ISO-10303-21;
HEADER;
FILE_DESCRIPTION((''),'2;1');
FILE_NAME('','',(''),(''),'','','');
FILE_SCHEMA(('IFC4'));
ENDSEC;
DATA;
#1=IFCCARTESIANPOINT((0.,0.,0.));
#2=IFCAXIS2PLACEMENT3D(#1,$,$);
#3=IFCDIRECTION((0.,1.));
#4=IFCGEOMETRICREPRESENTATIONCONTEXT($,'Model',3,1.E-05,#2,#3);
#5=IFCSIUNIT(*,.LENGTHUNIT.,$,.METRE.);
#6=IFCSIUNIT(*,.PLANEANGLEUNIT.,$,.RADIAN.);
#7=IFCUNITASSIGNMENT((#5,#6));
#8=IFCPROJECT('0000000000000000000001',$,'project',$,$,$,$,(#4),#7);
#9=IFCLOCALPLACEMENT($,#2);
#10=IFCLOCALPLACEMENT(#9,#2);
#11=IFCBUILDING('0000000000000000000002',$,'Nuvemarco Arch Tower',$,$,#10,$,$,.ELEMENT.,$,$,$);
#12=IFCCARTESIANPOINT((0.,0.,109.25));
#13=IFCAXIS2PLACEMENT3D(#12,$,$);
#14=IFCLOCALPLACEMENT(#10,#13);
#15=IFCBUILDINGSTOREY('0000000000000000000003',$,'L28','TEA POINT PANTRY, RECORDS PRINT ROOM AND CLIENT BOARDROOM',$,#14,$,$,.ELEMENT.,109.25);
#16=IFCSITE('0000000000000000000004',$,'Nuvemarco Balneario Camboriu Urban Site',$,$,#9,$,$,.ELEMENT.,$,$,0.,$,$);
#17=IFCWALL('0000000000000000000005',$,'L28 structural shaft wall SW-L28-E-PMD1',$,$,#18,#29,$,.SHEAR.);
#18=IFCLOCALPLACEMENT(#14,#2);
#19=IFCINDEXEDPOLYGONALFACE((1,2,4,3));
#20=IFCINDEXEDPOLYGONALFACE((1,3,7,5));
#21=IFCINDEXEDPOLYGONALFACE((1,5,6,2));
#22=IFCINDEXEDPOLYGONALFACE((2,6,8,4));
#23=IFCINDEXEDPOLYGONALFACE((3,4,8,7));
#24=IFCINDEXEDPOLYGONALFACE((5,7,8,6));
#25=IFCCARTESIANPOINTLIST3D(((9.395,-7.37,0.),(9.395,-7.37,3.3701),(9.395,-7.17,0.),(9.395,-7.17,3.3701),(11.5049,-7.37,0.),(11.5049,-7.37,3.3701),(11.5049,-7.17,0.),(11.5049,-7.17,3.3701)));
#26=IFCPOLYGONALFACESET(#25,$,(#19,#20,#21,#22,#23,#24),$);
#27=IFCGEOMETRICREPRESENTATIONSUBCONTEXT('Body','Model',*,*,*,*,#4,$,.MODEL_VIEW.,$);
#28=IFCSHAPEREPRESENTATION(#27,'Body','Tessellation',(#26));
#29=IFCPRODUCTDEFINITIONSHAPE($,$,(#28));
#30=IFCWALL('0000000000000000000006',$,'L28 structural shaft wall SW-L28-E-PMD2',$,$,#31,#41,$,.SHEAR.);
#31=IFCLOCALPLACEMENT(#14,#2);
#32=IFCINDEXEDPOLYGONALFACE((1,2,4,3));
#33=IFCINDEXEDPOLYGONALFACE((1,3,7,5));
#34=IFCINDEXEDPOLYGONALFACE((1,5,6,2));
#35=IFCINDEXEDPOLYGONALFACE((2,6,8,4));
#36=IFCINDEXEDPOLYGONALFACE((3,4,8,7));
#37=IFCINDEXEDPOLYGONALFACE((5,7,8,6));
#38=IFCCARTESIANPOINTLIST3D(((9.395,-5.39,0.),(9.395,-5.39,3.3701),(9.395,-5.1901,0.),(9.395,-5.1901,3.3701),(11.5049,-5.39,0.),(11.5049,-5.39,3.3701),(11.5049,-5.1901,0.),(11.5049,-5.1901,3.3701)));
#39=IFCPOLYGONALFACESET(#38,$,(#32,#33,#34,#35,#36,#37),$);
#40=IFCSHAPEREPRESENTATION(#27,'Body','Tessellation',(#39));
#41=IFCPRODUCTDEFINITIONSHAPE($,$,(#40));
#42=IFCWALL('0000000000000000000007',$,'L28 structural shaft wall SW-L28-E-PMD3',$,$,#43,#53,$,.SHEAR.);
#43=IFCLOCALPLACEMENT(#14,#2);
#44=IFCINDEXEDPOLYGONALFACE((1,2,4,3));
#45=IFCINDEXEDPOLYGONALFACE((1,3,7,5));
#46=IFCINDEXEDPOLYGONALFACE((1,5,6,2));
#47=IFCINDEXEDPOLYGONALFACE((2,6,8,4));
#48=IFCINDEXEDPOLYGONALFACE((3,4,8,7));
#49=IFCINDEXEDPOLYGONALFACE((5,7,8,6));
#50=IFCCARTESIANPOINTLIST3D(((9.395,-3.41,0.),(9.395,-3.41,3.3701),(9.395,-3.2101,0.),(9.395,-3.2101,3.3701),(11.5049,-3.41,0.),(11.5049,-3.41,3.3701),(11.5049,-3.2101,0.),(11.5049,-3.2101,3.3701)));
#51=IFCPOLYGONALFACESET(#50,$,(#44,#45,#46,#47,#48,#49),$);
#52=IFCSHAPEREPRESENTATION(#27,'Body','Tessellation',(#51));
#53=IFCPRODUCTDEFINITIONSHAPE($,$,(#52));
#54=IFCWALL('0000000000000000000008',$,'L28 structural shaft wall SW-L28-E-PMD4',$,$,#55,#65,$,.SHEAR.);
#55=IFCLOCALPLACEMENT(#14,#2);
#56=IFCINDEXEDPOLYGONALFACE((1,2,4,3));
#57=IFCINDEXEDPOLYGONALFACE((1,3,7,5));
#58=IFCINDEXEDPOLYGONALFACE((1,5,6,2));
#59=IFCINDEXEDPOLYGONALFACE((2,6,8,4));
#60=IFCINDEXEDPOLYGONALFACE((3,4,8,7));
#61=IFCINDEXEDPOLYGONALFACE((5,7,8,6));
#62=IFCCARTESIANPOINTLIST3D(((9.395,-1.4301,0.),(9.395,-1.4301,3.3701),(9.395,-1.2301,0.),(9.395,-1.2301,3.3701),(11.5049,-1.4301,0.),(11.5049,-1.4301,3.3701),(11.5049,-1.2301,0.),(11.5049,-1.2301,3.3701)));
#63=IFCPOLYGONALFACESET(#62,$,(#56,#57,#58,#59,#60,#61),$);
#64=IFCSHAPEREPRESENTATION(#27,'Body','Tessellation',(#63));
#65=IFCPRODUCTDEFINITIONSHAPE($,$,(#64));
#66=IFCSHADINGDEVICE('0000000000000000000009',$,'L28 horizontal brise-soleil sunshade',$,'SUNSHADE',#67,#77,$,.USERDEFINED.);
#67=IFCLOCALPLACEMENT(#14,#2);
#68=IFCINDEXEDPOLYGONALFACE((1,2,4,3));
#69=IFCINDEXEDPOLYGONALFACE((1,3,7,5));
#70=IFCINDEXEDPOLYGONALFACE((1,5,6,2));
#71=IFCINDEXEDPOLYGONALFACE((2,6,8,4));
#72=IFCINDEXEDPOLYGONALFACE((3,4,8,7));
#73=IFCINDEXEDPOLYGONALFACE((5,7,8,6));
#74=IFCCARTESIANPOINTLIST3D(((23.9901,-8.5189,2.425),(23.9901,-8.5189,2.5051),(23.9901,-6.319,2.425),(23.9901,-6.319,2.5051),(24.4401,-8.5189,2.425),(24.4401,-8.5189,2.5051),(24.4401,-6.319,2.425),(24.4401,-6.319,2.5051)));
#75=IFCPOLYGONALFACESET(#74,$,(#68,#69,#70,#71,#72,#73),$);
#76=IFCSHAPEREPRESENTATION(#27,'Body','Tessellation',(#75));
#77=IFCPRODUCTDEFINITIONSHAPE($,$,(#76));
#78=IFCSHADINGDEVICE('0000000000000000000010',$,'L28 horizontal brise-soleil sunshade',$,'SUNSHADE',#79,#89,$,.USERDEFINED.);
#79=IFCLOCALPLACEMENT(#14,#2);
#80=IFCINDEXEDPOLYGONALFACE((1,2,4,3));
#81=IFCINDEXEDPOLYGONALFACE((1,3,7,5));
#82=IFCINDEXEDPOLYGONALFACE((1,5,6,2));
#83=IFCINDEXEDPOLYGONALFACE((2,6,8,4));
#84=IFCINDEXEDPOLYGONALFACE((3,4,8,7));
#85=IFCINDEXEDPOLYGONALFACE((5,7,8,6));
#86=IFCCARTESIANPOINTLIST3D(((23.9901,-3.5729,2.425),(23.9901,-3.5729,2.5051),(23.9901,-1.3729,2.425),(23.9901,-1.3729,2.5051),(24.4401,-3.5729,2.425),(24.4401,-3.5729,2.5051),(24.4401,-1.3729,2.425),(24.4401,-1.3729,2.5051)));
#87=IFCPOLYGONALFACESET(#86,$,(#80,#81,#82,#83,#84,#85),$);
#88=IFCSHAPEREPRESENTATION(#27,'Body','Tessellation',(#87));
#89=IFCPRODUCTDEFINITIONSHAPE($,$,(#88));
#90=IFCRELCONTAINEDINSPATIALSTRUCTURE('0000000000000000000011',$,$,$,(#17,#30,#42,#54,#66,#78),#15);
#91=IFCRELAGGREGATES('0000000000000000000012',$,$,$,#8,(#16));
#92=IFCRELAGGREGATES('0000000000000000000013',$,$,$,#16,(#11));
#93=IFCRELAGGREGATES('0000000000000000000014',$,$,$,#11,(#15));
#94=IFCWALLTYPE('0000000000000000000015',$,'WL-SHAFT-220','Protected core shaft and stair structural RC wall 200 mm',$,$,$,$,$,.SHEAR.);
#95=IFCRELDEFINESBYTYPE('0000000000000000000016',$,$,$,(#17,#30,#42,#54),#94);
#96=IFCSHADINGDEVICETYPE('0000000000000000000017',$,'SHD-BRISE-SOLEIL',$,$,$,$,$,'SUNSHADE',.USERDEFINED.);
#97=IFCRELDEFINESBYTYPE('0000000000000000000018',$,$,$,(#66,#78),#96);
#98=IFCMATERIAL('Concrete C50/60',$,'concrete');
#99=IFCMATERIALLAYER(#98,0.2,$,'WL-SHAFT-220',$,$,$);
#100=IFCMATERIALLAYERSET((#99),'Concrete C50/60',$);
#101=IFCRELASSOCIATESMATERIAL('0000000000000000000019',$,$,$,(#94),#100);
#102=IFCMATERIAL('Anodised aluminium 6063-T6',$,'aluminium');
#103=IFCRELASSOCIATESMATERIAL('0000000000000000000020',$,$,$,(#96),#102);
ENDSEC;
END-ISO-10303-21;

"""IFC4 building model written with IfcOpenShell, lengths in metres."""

from ifc_helpers import new_model, si_unit, direction, frame, frame_2d, origin, origin_2d, place, context, subcontext, project, spatial, rectangle, extrude, source, transform, mapped, material, layer, layer_set, type_object, type_shapes, element, save


model = new_model("IFC4")

# Units and contexts
model_context = context("Model", 3, precision=1e-05, world=origin(), true_north=direction((0.0, 1.0)))
body_context = subcontext(model_context, "Body", "Model", "MODEL_VIEW")
ifc_project = project(units=[si_unit("LENGTHUNIT", "METRE"), si_unit("PLANEANGLEUNIT", "RADIAN")], contexts=[model_context])

# Site, building, storey
site_placement = place(None, origin())
site = spatial("IfcSite", under=ifc_project, at=site_placement, Name="Nuvemarco Balneario Camboriu Urban Site", CompositionType="ELEMENT", RefElevation=0.0)
building_placement = place(site_placement, origin())
building = spatial("IfcBuilding", under=site, at=building_placement, Name="Nuvemarco Arch Tower", CompositionType="ELEMENT")
storey_placement = place(building_placement, frame((0.0, 0.0, 109.25)))
storey = spatial("IfcBuildingStorey", under=building, at=storey_placement, Name="L28", Description="TEA POINT PANTRY, RECORDS PRINT ROOM AND CLIENT BOARDROOM", CompositionType="ELEMENT", Elevation=109.25)

# Shared definitions
ifc_material_1 = material(Name="Concrete C50/60", Category="concrete")
ifc_layer_1 = layer(ifc_material_1, 0.2, Name="WL-SHAFT-220")
ifc_layer_set_1 = layer_set([ifc_layer_1], Name="Concrete C50/60")
wall_type_1 = type_object("IfcWallType", Name="WL-SHAFT-220", Description="Protected core shaft and stair structural RC wall 200 mm", PredefinedType="SHEAR", material=ifc_layer_set_1)

# Walls
for number, where, z_axis, x_axis, name in (
    (1, (9.395, -7.27, 0.0), (0.0, 0.0, 1.0), (1.0, 0.0, 0.0), "L28 structural shaft wall SW-L28-E-PMD1"),
    (2, (9.395, -5.29, 0.0), (0.0, 0.0, 1.0), (1.0, 0.0, 0.0), "L28 structural shaft wall SW-L28-E-PMD2"),
    (3, (9.395, -3.3101, 0.0), (0.0, 0.0, 1.0), (1.0, 0.0, 0.0), "L28 structural shaft wall SW-L28-E-PMD3"),
    (4, (9.395, -1.3301, 0.0), (0.0, 0.0, 1.0), (1.0, 0.0, 0.0), "L28 structural shaft wall SW-L28-E-PMD4"),
):
    element("IfcWall", number, at=place(storey_placement, frame(where, z_axis=z_axis, x_axis=x_axis)), inside=storey, type_object=wall_type_1, Name=name, PredefinedType="SHEAR", context=body_context, shape_type="SweptSolid", body=[
        extrude(rectangle(XDim=2.1099, YDim=0.2, at=frame_2d((1.0549, 0.0))), origin(), (0.0, 0.0, 1.0), 3.3701),
    ])

# Shading devices
ifc_material_2 = material(Name="Anodised aluminium 6063-T6", Category="aluminium")
shading_device_type = type_object("IfcShadingDeviceType", Name="SHD-BRISE-SOLEIL", ElementType="SUNSHADE", PredefinedType="USERDEFINED", material=ifc_material_2)
shared_shape_1 = source(origin(), body_context, "Body", "SweptSolid", [
    extrude(rectangle(XDim=2.2, YDim=0.45, at=origin_2d()), origin(), (0.0, 0.0, 1.0), 0.0801),
])
type_shapes(shading_device_type, [shared_shape_1])
for number, where, z_axis, x_axis, name in (
    (5, (24.2151, -7.4189, 2.425), (0.0, 0.0, 1.0), (0.0, 1.0, 0.0), "L28 horizontal brise-soleil sunshade"),
    (6, (24.2151, -2.4729, 2.425), (0.0, 0.0, 1.0), (0.0, 1.0, 0.0), "L28 horizontal brise-soleil sunshade"),
):
    element("IfcShadingDevice", number, at=place(storey_placement, frame(where, z_axis=z_axis, x_axis=x_axis)), inside=storey, type_object=shading_device_type, Name=name, ObjectType="SUNSHADE", PredefinedType="USERDEFINED", context=body_context, shape_type="MappedRepresentation", body=[
        mapped(shared_shape_1, transform((0.0, 0.0, 0.0), scale=1.0)),
    ])

save(model, "model.ifc")
